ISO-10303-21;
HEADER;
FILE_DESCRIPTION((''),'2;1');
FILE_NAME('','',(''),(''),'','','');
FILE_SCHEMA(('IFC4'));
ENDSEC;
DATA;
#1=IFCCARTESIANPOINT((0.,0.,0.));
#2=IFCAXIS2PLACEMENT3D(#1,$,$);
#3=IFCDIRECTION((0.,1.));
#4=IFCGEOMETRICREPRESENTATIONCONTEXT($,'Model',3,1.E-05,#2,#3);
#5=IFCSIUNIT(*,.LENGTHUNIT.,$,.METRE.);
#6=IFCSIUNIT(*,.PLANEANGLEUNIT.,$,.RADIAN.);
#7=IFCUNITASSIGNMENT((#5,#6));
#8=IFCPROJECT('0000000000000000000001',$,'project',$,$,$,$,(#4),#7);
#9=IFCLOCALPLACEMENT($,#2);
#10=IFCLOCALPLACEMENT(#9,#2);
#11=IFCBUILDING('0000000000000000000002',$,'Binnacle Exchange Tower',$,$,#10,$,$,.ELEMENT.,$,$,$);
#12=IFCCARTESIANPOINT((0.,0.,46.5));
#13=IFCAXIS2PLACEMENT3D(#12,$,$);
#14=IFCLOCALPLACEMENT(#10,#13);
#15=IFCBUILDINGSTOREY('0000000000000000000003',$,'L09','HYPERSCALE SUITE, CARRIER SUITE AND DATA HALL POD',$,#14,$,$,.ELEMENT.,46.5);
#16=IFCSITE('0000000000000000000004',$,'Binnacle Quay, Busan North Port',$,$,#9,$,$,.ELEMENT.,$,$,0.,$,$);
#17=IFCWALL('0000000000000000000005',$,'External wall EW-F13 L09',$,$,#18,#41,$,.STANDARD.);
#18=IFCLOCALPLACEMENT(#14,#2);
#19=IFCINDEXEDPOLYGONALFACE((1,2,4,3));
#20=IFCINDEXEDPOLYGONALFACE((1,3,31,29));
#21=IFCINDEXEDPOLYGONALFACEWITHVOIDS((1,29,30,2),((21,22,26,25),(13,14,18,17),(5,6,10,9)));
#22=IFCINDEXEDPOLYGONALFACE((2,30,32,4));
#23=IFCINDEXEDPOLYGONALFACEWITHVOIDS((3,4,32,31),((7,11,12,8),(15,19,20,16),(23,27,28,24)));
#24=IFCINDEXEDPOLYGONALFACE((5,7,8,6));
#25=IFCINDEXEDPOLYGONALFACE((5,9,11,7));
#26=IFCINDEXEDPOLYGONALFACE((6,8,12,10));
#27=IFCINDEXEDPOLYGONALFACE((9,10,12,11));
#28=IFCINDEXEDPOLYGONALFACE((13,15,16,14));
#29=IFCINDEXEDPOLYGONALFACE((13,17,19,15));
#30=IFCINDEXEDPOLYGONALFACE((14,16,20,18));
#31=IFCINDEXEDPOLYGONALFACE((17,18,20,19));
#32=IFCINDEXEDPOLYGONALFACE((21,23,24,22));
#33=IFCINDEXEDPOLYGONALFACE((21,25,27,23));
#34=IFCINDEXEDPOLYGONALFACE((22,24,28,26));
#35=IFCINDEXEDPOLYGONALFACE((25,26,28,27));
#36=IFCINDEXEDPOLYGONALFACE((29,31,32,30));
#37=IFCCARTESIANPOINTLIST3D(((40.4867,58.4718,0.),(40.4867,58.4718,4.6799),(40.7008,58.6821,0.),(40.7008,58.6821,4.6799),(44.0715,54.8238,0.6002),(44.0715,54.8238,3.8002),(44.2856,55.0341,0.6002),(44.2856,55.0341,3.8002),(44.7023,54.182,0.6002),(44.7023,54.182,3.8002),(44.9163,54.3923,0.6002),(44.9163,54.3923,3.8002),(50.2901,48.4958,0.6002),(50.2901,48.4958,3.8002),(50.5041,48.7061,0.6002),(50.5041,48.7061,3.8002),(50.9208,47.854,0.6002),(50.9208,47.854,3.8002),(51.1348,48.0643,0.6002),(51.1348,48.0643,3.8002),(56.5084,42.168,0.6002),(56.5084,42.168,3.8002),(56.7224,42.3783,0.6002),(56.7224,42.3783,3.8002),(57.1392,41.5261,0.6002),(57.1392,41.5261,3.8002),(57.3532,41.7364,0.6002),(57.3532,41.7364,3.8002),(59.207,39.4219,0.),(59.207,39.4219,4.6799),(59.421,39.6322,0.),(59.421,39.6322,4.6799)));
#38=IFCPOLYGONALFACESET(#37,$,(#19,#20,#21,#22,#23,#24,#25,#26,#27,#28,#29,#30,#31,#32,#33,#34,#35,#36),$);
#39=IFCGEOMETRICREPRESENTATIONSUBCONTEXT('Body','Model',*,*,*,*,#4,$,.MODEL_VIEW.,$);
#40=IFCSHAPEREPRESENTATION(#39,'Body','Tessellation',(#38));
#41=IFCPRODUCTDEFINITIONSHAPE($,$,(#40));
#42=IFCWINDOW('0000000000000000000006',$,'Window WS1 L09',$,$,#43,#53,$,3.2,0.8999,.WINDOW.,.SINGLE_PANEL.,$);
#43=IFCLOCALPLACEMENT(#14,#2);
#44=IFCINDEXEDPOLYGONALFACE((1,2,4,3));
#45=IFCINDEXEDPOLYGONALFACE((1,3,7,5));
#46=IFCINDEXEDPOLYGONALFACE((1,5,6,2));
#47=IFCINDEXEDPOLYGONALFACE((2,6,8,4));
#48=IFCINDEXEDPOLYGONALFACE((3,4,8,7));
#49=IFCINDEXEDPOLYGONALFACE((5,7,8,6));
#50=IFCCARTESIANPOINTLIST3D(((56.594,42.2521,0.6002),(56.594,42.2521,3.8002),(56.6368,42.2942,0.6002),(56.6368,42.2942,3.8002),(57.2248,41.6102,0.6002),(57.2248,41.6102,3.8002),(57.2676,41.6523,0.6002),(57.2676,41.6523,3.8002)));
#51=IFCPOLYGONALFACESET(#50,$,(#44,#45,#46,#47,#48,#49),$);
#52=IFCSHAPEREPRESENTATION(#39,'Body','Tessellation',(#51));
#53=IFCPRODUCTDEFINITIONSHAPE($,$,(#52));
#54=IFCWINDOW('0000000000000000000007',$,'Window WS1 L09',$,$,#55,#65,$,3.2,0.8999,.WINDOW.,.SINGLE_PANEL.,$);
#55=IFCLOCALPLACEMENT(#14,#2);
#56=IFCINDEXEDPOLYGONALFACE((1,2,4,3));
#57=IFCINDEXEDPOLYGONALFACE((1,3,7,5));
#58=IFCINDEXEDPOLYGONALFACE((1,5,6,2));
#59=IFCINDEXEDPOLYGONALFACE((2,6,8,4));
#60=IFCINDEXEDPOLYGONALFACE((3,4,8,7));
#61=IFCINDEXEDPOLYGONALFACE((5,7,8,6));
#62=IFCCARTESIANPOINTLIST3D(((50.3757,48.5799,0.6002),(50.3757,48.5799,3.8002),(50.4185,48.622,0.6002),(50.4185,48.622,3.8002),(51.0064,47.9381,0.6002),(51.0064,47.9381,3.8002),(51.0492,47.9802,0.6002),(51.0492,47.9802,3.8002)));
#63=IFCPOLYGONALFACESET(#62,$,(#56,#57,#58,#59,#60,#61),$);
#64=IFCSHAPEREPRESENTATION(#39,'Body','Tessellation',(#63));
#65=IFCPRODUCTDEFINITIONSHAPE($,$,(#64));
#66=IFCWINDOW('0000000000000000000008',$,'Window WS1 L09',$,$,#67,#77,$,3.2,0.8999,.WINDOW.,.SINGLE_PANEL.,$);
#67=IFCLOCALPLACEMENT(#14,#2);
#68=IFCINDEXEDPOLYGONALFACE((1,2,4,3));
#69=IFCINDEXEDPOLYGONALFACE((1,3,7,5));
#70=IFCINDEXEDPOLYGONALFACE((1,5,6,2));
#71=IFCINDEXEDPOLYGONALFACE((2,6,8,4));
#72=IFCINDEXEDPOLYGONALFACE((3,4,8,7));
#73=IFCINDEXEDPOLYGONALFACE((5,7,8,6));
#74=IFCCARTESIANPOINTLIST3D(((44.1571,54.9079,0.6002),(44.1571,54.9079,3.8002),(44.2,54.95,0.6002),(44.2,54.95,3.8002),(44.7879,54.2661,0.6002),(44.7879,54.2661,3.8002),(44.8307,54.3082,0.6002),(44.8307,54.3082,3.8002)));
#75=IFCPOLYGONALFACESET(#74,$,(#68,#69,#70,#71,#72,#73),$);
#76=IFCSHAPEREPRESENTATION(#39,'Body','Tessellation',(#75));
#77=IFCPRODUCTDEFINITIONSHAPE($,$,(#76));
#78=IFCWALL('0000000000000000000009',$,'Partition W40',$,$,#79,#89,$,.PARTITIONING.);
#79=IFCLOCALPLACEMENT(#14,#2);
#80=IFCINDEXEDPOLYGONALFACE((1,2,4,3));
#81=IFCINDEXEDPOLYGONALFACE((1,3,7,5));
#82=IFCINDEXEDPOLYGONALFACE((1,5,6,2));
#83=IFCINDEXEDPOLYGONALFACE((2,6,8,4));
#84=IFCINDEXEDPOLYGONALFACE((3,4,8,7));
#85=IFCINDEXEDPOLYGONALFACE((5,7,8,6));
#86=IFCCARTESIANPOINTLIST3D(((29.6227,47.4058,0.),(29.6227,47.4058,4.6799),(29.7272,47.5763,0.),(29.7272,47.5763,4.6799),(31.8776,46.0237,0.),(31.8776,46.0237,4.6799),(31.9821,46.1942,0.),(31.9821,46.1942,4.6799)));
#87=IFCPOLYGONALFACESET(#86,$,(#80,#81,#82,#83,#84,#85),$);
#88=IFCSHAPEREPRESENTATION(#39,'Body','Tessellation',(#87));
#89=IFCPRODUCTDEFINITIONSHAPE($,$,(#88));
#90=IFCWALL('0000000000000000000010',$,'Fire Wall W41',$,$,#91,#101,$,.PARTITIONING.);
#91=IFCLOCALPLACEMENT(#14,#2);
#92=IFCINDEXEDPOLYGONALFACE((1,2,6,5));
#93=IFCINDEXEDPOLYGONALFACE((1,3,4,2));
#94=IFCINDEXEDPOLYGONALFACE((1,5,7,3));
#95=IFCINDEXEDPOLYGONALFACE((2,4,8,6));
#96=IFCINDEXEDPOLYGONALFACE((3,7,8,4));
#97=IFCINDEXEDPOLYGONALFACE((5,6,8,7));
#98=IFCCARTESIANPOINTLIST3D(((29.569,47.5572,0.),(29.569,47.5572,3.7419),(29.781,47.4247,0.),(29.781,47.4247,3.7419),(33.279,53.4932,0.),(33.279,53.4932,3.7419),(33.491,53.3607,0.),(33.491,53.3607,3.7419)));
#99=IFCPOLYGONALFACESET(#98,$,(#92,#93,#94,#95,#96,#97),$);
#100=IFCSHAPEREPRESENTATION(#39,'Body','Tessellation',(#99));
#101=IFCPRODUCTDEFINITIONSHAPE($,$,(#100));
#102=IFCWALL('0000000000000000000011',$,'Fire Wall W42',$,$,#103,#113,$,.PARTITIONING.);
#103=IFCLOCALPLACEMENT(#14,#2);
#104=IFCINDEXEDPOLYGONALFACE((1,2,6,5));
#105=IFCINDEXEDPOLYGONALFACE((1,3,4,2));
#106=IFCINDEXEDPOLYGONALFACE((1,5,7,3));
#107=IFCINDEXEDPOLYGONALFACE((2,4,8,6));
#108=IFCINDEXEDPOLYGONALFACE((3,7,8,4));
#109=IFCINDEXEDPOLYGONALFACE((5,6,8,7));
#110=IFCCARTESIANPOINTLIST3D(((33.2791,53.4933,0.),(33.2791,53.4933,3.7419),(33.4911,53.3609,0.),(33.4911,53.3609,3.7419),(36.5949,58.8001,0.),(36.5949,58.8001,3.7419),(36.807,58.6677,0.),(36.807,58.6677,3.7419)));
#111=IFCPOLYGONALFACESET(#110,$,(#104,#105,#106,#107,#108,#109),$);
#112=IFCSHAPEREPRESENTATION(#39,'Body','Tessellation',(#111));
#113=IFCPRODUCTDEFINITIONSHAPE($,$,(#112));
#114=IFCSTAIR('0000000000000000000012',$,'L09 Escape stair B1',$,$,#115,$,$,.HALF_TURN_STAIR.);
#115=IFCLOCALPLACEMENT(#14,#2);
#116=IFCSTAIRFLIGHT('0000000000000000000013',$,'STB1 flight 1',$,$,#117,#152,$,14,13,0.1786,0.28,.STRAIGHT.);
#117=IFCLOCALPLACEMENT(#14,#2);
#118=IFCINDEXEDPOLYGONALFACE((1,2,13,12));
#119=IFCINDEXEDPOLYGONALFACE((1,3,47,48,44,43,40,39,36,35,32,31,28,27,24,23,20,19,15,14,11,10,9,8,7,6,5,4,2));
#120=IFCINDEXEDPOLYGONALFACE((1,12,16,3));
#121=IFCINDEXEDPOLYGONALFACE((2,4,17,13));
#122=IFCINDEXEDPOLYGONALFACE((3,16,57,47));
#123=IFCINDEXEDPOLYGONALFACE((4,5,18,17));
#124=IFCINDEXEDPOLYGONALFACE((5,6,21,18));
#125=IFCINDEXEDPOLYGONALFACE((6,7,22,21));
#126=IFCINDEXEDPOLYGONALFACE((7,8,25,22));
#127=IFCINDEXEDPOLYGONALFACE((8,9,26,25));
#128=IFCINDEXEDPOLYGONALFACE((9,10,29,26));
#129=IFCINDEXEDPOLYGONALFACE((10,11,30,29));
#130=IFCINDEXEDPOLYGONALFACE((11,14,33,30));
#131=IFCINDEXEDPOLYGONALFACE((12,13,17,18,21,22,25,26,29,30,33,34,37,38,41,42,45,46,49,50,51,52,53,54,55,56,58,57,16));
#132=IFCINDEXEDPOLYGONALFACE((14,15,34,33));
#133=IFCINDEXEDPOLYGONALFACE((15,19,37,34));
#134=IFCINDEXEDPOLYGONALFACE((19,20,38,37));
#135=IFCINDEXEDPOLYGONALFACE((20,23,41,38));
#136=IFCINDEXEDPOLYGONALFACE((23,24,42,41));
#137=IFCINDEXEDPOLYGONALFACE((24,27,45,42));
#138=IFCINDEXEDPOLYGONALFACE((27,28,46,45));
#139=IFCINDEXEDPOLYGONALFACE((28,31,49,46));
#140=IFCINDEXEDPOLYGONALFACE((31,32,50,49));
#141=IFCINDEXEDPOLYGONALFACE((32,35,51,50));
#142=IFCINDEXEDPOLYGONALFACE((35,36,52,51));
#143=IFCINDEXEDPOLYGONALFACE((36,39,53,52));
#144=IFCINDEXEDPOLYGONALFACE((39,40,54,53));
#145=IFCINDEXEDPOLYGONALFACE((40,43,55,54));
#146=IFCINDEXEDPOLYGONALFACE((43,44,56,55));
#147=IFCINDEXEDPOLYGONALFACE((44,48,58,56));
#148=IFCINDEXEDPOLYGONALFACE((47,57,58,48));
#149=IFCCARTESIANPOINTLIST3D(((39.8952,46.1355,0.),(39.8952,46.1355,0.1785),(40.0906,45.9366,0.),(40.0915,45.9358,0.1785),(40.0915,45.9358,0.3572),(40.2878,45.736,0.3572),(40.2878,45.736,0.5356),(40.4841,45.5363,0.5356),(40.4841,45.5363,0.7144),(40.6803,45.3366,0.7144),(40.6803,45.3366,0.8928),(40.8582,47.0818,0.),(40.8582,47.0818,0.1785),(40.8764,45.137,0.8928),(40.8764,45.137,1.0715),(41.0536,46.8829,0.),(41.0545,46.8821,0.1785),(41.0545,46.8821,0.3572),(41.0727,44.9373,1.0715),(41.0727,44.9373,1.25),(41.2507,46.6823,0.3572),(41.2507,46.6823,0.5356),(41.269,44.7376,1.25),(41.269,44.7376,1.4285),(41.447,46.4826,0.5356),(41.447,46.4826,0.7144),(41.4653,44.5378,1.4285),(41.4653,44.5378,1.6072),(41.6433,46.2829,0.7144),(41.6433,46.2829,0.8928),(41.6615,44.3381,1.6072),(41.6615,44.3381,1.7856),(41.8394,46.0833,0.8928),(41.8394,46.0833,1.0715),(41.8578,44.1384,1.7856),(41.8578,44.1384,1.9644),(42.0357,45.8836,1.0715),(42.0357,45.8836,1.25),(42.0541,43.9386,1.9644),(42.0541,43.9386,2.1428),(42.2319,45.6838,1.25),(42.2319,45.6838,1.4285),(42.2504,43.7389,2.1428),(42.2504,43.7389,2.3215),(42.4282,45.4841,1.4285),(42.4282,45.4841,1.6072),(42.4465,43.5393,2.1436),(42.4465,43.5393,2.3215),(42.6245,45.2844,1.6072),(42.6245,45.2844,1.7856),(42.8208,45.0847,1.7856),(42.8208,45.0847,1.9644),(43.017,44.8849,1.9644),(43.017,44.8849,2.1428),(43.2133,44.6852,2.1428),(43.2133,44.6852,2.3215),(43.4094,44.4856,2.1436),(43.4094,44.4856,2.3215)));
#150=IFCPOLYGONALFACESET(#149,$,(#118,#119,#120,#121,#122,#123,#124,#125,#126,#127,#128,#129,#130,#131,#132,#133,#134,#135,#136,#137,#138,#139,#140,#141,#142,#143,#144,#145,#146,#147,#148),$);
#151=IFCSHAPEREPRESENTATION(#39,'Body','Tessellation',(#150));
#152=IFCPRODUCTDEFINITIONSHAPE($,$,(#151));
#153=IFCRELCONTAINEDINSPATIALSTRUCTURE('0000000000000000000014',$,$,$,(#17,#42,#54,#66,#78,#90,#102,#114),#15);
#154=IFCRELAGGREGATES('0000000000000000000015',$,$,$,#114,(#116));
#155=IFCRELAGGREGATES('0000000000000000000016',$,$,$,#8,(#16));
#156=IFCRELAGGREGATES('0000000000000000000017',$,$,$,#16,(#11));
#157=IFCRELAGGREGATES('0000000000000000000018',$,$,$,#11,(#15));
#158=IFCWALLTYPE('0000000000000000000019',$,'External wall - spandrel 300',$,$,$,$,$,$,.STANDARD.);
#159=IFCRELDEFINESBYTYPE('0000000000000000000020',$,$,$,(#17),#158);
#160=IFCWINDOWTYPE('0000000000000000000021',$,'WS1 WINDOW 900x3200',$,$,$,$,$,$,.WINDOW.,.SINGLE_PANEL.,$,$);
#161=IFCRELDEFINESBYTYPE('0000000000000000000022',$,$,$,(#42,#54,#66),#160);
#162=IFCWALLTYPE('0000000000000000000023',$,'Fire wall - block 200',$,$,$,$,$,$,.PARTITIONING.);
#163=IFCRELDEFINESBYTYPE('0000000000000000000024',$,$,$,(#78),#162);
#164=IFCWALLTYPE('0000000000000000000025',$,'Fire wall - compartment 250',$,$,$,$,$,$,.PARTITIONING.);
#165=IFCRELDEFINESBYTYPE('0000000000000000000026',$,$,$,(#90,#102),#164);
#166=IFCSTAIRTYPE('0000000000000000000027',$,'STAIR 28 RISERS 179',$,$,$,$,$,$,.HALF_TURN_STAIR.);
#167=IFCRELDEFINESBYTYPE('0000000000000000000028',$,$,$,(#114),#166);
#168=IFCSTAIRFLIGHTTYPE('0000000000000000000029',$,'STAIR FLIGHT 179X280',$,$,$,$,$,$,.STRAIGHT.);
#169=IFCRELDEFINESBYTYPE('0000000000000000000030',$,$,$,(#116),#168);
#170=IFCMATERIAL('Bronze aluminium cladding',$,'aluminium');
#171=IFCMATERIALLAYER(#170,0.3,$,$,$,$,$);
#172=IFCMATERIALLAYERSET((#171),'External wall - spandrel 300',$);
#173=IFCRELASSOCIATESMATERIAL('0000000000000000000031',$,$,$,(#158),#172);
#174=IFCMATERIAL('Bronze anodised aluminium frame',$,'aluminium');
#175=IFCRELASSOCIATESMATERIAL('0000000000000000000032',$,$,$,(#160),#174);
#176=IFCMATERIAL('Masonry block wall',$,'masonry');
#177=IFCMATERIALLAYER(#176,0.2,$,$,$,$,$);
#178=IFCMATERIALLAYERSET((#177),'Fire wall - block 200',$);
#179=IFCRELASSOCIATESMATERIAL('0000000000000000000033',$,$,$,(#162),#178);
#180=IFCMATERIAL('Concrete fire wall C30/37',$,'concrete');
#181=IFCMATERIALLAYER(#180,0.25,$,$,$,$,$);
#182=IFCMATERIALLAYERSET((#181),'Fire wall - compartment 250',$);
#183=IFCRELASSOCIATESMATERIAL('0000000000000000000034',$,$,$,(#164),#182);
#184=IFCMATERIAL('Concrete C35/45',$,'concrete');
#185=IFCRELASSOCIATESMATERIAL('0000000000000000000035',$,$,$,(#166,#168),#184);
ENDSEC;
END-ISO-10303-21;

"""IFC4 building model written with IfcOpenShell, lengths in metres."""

from ifc_helpers import new_model, si_unit, direction, frame, frame_2d, origin, place, context, subcontext, project, spatial, polyline, rectangle, outline, extrude, material, layer, layer_set, type_object, element, fill, aggregate, save


model = new_model("IFC4")

# Units and contexts
model_context = context("Model", 3, precision=1e-05, world=origin(), true_north=direction((0.0, 1.0)))
body_context = subcontext(model_context, "Body", "Model", "MODEL_VIEW")
ifc_project = project(units=[si_unit("LENGTHUNIT", "METRE"), si_unit("PLANEANGLEUNIT", "RADIAN")], contexts=[model_context])

# Site, building, storey
site_placement = place(None, origin())
site = spatial("IfcSite", under=ifc_project, at=site_placement, Name="Binnacle Quay, Busan North Port", CompositionType="ELEMENT", RefElevation=0.0)
building_placement = place(site_placement, origin())
building = spatial("IfcBuilding", under=site, at=building_placement, Name="Binnacle Exchange Tower", CompositionType="ELEMENT")
storey_placement = place(building_placement, frame((0.0, 0.0, 46.5)))
storey = spatial("IfcBuildingStorey", under=building, at=storey_placement, Name="L09", Description="HYPERSCALE SUITE, CARRIER SUITE AND DATA HALL POD", CompositionType="ELEMENT", Elevation=46.5)

# Shared definitions
ifc_material_1 = material(Name="Bronze aluminium cladding", Category="aluminium")
ifc_layer_1 = layer(ifc_material_1, 0.3)
ifc_layer_set_1 = layer_set([ifc_layer_1], Name="External wall - spandrel 300")
wall_type_1 = type_object("IfcWallType", Name="External wall - spandrel 300", PredefinedType="STANDARD", material=ifc_layer_set_1)

# Wall, openings, windows
wall_1_placement = place(storey_placement, frame((40.5938, 58.5769, 0.0), z_axis=(0.0, 0.0, 1.0), x_axis=(0.70091, -0.71325, 0.0)))
wall_1 = element("IfcWall", 1, at=wall_1_placement, inside=storey, type_object=wall_type_1, Name="External wall EW-F13 L09", PredefinedType="STANDARD", context=body_context, shape_type="SweptSolid", body=[
    extrude(rectangle(XDim=26.7085, YDim=0.3, at=frame_2d((13.3542, 0.0))), origin(), (0.0, 0.0, 1.0), 4.6799),
])
opening_1_placement = place(wall_1_placement, frame((22.8584, 0.0, 0.6001)))
opening_1 = element("IfcOpeningElement", 2, at=opening_1_placement, cuts=wall_1, PredefinedType="OPENING", context=body_context, shape_type="SweptSolid", body=[
    extrude(rectangle(XDim=0.8999, YDim=3.2, at=frame_2d((0.45, 1.6001))), frame((0.0, 0.1599, 0.0), z_axis=(0.0, -1.0, 0.0), x_axis=(1.0, 0.0, 0.0)), (0.0, 0.0, 1.0), 0.3201),
])
opening_2_placement = place(wall_1_placement, frame((13.9866, 0.0, 0.6001)))
opening_2 = element("IfcOpeningElement", 3, at=opening_2_placement, cuts=wall_1, PredefinedType="OPENING", context=body_context, shape_type="SweptSolid", body=[
    extrude(rectangle(XDim=0.8999, YDim=3.2, at=frame_2d((0.45, 1.6001))), frame((0.0, 0.1599, 0.0), z_axis=(0.0, -1.0, 0.0), x_axis=(1.0, 0.0, 0.0)), (0.0, 0.0, 1.0), 0.3201),
])
opening_3_placement = place(wall_1_placement, frame((5.1145, 0.0, 0.6001)))
opening_3 = element("IfcOpeningElement", 4, at=opening_3_placement, cuts=wall_1, PredefinedType="OPENING", context=body_context, shape_type="SweptSolid", body=[
    extrude(rectangle(XDim=0.8999, YDim=3.2, at=frame_2d((0.45, 1.6001))), frame((0.0, 0.1599, 0.0), z_axis=(0.0, -1.0, 0.0), x_axis=(1.0, 0.0, 0.0)), (0.0, 0.0, 1.0), 0.3201),
])
ifc_material_2 = material(Name="Bronze anodised aluminium frame", Category="aluminium")
window_type = type_object("IfcWindowType", Name="WS1 WINDOW 900x3200", PartitioningType="SINGLE_PANEL", PredefinedType="WINDOW", material=ifc_material_2)
window_1_placement = place(opening_1_placement, origin())
window_1 = element("IfcWindow", 5, at=window_1_placement, inside=storey, type_object=window_type, Name="Window WS1 L09", OverallHeight=3.2, OverallWidth=0.8999, PartitioningType="SINGLE_PANEL", PredefinedType="WINDOW", context=body_context, shape_type="SweptSolid", body=[
    extrude(rectangle(XDim=0.8999, YDim=3.2, at=frame_2d((0.45, 1.6001))), frame((0.0, 0.03, 0.0), z_axis=(0.0, -1.0, 0.0), x_axis=(1.0, 0.0, 0.0)), (0.0, 0.0, 1.0), 0.0601),
])
fill(opening_1, window_1)
window_2_placement = place(opening_2_placement, origin())
window_2 = element("IfcWindow", 6, at=window_2_placement, inside=storey, type_object=window_type, Name="Window WS1 L09", OverallHeight=3.2, OverallWidth=0.8999, PartitioningType="SINGLE_PANEL", PredefinedType="WINDOW", context=body_context, shape_type="SweptSolid", body=[
    extrude(rectangle(XDim=0.8999, YDim=3.2, at=frame_2d((0.45, 1.6001))), frame((0.0, 0.03, 0.0), z_axis=(0.0, -1.0, 0.0), x_axis=(1.0, 0.0, 0.0)), (0.0, 0.0, 1.0), 0.0601),
])
fill(opening_2, window_2)
window_3_placement = place(opening_3_placement, origin())
window_3 = element("IfcWindow", 7, at=window_3_placement, inside=storey, type_object=window_type, Name="Window WS1 L09", OverallHeight=3.2, OverallWidth=0.8999, PartitioningType="SINGLE_PANEL", PredefinedType="WINDOW", context=body_context, shape_type="SweptSolid", body=[
    extrude(rectangle(XDim=0.8999, YDim=3.2, at=frame_2d((0.45, 1.6001))), frame((0.0, 0.03, 0.0), z_axis=(0.0, -1.0, 0.0), x_axis=(1.0, 0.0, 0.0)), (0.0, 0.0, 1.0), 0.0601),
])
fill(opening_3, window_3)

# Walls
ifc_material_3 = material(Name="Masonry block wall", Category="masonry")
ifc_layer_2 = layer(ifc_material_3, 0.2)
ifc_layer_set_2 = layer_set([ifc_layer_2], Name="Fire wall - block 200")
wall_type_2 = type_object("IfcWallType", Name="Fire wall - block 200", PredefinedType="PARTITIONING", material=ifc_layer_set_2)
wall_2_placement = place(storey_placement, frame((29.675, 47.491, 0.0), z_axis=(0.0, 0.0, 1.0), x_axis=(0.852592, -0.522577, 0.0)))
element("IfcWall", 8, at=wall_2_placement, inside=storey, type_object=wall_type_2, Name="Partition W40", PredefinedType="PARTITIONING", context=body_context, shape_type="SweptSolid", body=[
    extrude(rectangle(XDim=2.6448, YDim=0.2, at=frame_2d((1.3223, 0.0))), origin(), (0.0, 0.0, 1.0), 4.6799),
])
ifc_material_4 = material(Name="Concrete fire wall C30/37", Category="concrete")
ifc_layer_3 = layer(ifc_material_4, 0.25)
ifc_layer_set_3 = layer_set([ifc_layer_3], Name="Fire wall - compartment 250")
wall_type_3 = type_object("IfcWallType", Name="Fire wall - compartment 250", PredefinedType="PARTITIONING", material=ifc_layer_set_3)
wall_3_placement = place(storey_placement, frame((29.675, 47.491, 0.0), z_axis=(0.0, 0.0, 1.0), x_axis=(0.529993, 0.848002, 0.0)))
element("IfcWall", 9, at=wall_3_placement, inside=storey, type_object=wall_type_3, Name="Fire Wall W41", PredefinedType="PARTITIONING", context=body_context, shape_type="SweptSolid", body=[
    extrude(rectangle(XDim=7.0, YDim=0.25, at=frame_2d((3.5, 0.0))), origin(), (0.0, 0.0, 1.0), 3.7419),
])
wall_4_placement = place(storey_placement, frame((33.385, 53.427, 0.0), z_axis=(0.0, 0.0, 1.0), x_axis=(0.529897, 0.848062, 0.0)))
element("IfcWall", 10, at=wall_4_placement, inside=storey, type_object=wall_type_3, Name="Fire Wall W42", PredefinedType="PARTITIONING", context=body_context, shape_type="SweptSolid", body=[
    extrude(rectangle(XDim=6.2576, YDim=0.25, at=frame_2d((3.1289, 0.0))), origin(), (0.0, 0.0, 1.0), 3.7419),
])

# Stair, stair flight
ifc_material_5 = material(Name="Concrete C35/45", Category="concrete")
stair_type = type_object("IfcStairType", Name="STAIR 28 RISERS 179", PredefinedType="HALF_TURN_STAIR", material=ifc_material_5)
stair_placement = place(storey_placement, origin())
stair = element("IfcStair", 11, at=stair_placement, inside=storey, type_object=stair_type, Name="L09 Escape stair B1", PredefinedType="HALF_TURN_STAIR")
stair_flight_type = type_object("IfcStairFlightType", Name="STAIR FLIGHT 179X280", PredefinedType="STRAIGHT", material=ifc_material_5)
stair_flight_1_placement = place(storey_placement, frame((40.3767, 46.6086, 0.0), z_axis=(0.0, 0.0, 1.0), x_axis=(0.700909, -0.71325, 0.0)))
stair_flight_1 = element("IfcStairFlight", 12, at=stair_flight_1_placement, type_object=stair_flight_type, Name="STB1 flight 1", NumberOfRisers=14, NumberOfTreads=13, PredefinedType="STRAIGHT", RiserHeight=0.1786, TreadLength=0.28, context=body_context, shape_type="SweptSolid", body=[
    extrude(outline(polyline([(0.0, 0.0), (0.0, 0.1785), (0.28, 0.1785), (0.28, 0.3572), (0.5601, 0.3572), (0.5601, 0.5356), (0.8401, 0.5356), (0.8401, 0.7144), (1.1201, 0.7144), (1.1201, 0.8928), (1.3999, 0.8928), (1.3999, 1.0715), (1.6799, 1.0715), (1.6799, 1.25), (1.96, 1.25), (1.96, 1.4285), (2.24, 1.4285), (2.24, 1.6072), (2.52, 1.6072), (2.52, 1.7856), (2.8, 1.7856), (2.8, 1.9644), (3.0801, 1.9644), (3.0801, 2.1428), (3.3601, 2.1428), (3.3601, 2.3215), (3.6399, 2.3215), (3.6399, 2.5), (3.6399, 2.1436), (0.2788, 0.0), (0.0, 0.0)])), frame((0.0, 0.675, 0.0), z_axis=(0.0, -1.0, 0.0), x_axis=(1.0, 0.0, 0.0)), (0.0, 0.0, 1.0), 1.3501),
])
aggregate(stair, [stair_flight_1])

save(model, "model.ifc")
